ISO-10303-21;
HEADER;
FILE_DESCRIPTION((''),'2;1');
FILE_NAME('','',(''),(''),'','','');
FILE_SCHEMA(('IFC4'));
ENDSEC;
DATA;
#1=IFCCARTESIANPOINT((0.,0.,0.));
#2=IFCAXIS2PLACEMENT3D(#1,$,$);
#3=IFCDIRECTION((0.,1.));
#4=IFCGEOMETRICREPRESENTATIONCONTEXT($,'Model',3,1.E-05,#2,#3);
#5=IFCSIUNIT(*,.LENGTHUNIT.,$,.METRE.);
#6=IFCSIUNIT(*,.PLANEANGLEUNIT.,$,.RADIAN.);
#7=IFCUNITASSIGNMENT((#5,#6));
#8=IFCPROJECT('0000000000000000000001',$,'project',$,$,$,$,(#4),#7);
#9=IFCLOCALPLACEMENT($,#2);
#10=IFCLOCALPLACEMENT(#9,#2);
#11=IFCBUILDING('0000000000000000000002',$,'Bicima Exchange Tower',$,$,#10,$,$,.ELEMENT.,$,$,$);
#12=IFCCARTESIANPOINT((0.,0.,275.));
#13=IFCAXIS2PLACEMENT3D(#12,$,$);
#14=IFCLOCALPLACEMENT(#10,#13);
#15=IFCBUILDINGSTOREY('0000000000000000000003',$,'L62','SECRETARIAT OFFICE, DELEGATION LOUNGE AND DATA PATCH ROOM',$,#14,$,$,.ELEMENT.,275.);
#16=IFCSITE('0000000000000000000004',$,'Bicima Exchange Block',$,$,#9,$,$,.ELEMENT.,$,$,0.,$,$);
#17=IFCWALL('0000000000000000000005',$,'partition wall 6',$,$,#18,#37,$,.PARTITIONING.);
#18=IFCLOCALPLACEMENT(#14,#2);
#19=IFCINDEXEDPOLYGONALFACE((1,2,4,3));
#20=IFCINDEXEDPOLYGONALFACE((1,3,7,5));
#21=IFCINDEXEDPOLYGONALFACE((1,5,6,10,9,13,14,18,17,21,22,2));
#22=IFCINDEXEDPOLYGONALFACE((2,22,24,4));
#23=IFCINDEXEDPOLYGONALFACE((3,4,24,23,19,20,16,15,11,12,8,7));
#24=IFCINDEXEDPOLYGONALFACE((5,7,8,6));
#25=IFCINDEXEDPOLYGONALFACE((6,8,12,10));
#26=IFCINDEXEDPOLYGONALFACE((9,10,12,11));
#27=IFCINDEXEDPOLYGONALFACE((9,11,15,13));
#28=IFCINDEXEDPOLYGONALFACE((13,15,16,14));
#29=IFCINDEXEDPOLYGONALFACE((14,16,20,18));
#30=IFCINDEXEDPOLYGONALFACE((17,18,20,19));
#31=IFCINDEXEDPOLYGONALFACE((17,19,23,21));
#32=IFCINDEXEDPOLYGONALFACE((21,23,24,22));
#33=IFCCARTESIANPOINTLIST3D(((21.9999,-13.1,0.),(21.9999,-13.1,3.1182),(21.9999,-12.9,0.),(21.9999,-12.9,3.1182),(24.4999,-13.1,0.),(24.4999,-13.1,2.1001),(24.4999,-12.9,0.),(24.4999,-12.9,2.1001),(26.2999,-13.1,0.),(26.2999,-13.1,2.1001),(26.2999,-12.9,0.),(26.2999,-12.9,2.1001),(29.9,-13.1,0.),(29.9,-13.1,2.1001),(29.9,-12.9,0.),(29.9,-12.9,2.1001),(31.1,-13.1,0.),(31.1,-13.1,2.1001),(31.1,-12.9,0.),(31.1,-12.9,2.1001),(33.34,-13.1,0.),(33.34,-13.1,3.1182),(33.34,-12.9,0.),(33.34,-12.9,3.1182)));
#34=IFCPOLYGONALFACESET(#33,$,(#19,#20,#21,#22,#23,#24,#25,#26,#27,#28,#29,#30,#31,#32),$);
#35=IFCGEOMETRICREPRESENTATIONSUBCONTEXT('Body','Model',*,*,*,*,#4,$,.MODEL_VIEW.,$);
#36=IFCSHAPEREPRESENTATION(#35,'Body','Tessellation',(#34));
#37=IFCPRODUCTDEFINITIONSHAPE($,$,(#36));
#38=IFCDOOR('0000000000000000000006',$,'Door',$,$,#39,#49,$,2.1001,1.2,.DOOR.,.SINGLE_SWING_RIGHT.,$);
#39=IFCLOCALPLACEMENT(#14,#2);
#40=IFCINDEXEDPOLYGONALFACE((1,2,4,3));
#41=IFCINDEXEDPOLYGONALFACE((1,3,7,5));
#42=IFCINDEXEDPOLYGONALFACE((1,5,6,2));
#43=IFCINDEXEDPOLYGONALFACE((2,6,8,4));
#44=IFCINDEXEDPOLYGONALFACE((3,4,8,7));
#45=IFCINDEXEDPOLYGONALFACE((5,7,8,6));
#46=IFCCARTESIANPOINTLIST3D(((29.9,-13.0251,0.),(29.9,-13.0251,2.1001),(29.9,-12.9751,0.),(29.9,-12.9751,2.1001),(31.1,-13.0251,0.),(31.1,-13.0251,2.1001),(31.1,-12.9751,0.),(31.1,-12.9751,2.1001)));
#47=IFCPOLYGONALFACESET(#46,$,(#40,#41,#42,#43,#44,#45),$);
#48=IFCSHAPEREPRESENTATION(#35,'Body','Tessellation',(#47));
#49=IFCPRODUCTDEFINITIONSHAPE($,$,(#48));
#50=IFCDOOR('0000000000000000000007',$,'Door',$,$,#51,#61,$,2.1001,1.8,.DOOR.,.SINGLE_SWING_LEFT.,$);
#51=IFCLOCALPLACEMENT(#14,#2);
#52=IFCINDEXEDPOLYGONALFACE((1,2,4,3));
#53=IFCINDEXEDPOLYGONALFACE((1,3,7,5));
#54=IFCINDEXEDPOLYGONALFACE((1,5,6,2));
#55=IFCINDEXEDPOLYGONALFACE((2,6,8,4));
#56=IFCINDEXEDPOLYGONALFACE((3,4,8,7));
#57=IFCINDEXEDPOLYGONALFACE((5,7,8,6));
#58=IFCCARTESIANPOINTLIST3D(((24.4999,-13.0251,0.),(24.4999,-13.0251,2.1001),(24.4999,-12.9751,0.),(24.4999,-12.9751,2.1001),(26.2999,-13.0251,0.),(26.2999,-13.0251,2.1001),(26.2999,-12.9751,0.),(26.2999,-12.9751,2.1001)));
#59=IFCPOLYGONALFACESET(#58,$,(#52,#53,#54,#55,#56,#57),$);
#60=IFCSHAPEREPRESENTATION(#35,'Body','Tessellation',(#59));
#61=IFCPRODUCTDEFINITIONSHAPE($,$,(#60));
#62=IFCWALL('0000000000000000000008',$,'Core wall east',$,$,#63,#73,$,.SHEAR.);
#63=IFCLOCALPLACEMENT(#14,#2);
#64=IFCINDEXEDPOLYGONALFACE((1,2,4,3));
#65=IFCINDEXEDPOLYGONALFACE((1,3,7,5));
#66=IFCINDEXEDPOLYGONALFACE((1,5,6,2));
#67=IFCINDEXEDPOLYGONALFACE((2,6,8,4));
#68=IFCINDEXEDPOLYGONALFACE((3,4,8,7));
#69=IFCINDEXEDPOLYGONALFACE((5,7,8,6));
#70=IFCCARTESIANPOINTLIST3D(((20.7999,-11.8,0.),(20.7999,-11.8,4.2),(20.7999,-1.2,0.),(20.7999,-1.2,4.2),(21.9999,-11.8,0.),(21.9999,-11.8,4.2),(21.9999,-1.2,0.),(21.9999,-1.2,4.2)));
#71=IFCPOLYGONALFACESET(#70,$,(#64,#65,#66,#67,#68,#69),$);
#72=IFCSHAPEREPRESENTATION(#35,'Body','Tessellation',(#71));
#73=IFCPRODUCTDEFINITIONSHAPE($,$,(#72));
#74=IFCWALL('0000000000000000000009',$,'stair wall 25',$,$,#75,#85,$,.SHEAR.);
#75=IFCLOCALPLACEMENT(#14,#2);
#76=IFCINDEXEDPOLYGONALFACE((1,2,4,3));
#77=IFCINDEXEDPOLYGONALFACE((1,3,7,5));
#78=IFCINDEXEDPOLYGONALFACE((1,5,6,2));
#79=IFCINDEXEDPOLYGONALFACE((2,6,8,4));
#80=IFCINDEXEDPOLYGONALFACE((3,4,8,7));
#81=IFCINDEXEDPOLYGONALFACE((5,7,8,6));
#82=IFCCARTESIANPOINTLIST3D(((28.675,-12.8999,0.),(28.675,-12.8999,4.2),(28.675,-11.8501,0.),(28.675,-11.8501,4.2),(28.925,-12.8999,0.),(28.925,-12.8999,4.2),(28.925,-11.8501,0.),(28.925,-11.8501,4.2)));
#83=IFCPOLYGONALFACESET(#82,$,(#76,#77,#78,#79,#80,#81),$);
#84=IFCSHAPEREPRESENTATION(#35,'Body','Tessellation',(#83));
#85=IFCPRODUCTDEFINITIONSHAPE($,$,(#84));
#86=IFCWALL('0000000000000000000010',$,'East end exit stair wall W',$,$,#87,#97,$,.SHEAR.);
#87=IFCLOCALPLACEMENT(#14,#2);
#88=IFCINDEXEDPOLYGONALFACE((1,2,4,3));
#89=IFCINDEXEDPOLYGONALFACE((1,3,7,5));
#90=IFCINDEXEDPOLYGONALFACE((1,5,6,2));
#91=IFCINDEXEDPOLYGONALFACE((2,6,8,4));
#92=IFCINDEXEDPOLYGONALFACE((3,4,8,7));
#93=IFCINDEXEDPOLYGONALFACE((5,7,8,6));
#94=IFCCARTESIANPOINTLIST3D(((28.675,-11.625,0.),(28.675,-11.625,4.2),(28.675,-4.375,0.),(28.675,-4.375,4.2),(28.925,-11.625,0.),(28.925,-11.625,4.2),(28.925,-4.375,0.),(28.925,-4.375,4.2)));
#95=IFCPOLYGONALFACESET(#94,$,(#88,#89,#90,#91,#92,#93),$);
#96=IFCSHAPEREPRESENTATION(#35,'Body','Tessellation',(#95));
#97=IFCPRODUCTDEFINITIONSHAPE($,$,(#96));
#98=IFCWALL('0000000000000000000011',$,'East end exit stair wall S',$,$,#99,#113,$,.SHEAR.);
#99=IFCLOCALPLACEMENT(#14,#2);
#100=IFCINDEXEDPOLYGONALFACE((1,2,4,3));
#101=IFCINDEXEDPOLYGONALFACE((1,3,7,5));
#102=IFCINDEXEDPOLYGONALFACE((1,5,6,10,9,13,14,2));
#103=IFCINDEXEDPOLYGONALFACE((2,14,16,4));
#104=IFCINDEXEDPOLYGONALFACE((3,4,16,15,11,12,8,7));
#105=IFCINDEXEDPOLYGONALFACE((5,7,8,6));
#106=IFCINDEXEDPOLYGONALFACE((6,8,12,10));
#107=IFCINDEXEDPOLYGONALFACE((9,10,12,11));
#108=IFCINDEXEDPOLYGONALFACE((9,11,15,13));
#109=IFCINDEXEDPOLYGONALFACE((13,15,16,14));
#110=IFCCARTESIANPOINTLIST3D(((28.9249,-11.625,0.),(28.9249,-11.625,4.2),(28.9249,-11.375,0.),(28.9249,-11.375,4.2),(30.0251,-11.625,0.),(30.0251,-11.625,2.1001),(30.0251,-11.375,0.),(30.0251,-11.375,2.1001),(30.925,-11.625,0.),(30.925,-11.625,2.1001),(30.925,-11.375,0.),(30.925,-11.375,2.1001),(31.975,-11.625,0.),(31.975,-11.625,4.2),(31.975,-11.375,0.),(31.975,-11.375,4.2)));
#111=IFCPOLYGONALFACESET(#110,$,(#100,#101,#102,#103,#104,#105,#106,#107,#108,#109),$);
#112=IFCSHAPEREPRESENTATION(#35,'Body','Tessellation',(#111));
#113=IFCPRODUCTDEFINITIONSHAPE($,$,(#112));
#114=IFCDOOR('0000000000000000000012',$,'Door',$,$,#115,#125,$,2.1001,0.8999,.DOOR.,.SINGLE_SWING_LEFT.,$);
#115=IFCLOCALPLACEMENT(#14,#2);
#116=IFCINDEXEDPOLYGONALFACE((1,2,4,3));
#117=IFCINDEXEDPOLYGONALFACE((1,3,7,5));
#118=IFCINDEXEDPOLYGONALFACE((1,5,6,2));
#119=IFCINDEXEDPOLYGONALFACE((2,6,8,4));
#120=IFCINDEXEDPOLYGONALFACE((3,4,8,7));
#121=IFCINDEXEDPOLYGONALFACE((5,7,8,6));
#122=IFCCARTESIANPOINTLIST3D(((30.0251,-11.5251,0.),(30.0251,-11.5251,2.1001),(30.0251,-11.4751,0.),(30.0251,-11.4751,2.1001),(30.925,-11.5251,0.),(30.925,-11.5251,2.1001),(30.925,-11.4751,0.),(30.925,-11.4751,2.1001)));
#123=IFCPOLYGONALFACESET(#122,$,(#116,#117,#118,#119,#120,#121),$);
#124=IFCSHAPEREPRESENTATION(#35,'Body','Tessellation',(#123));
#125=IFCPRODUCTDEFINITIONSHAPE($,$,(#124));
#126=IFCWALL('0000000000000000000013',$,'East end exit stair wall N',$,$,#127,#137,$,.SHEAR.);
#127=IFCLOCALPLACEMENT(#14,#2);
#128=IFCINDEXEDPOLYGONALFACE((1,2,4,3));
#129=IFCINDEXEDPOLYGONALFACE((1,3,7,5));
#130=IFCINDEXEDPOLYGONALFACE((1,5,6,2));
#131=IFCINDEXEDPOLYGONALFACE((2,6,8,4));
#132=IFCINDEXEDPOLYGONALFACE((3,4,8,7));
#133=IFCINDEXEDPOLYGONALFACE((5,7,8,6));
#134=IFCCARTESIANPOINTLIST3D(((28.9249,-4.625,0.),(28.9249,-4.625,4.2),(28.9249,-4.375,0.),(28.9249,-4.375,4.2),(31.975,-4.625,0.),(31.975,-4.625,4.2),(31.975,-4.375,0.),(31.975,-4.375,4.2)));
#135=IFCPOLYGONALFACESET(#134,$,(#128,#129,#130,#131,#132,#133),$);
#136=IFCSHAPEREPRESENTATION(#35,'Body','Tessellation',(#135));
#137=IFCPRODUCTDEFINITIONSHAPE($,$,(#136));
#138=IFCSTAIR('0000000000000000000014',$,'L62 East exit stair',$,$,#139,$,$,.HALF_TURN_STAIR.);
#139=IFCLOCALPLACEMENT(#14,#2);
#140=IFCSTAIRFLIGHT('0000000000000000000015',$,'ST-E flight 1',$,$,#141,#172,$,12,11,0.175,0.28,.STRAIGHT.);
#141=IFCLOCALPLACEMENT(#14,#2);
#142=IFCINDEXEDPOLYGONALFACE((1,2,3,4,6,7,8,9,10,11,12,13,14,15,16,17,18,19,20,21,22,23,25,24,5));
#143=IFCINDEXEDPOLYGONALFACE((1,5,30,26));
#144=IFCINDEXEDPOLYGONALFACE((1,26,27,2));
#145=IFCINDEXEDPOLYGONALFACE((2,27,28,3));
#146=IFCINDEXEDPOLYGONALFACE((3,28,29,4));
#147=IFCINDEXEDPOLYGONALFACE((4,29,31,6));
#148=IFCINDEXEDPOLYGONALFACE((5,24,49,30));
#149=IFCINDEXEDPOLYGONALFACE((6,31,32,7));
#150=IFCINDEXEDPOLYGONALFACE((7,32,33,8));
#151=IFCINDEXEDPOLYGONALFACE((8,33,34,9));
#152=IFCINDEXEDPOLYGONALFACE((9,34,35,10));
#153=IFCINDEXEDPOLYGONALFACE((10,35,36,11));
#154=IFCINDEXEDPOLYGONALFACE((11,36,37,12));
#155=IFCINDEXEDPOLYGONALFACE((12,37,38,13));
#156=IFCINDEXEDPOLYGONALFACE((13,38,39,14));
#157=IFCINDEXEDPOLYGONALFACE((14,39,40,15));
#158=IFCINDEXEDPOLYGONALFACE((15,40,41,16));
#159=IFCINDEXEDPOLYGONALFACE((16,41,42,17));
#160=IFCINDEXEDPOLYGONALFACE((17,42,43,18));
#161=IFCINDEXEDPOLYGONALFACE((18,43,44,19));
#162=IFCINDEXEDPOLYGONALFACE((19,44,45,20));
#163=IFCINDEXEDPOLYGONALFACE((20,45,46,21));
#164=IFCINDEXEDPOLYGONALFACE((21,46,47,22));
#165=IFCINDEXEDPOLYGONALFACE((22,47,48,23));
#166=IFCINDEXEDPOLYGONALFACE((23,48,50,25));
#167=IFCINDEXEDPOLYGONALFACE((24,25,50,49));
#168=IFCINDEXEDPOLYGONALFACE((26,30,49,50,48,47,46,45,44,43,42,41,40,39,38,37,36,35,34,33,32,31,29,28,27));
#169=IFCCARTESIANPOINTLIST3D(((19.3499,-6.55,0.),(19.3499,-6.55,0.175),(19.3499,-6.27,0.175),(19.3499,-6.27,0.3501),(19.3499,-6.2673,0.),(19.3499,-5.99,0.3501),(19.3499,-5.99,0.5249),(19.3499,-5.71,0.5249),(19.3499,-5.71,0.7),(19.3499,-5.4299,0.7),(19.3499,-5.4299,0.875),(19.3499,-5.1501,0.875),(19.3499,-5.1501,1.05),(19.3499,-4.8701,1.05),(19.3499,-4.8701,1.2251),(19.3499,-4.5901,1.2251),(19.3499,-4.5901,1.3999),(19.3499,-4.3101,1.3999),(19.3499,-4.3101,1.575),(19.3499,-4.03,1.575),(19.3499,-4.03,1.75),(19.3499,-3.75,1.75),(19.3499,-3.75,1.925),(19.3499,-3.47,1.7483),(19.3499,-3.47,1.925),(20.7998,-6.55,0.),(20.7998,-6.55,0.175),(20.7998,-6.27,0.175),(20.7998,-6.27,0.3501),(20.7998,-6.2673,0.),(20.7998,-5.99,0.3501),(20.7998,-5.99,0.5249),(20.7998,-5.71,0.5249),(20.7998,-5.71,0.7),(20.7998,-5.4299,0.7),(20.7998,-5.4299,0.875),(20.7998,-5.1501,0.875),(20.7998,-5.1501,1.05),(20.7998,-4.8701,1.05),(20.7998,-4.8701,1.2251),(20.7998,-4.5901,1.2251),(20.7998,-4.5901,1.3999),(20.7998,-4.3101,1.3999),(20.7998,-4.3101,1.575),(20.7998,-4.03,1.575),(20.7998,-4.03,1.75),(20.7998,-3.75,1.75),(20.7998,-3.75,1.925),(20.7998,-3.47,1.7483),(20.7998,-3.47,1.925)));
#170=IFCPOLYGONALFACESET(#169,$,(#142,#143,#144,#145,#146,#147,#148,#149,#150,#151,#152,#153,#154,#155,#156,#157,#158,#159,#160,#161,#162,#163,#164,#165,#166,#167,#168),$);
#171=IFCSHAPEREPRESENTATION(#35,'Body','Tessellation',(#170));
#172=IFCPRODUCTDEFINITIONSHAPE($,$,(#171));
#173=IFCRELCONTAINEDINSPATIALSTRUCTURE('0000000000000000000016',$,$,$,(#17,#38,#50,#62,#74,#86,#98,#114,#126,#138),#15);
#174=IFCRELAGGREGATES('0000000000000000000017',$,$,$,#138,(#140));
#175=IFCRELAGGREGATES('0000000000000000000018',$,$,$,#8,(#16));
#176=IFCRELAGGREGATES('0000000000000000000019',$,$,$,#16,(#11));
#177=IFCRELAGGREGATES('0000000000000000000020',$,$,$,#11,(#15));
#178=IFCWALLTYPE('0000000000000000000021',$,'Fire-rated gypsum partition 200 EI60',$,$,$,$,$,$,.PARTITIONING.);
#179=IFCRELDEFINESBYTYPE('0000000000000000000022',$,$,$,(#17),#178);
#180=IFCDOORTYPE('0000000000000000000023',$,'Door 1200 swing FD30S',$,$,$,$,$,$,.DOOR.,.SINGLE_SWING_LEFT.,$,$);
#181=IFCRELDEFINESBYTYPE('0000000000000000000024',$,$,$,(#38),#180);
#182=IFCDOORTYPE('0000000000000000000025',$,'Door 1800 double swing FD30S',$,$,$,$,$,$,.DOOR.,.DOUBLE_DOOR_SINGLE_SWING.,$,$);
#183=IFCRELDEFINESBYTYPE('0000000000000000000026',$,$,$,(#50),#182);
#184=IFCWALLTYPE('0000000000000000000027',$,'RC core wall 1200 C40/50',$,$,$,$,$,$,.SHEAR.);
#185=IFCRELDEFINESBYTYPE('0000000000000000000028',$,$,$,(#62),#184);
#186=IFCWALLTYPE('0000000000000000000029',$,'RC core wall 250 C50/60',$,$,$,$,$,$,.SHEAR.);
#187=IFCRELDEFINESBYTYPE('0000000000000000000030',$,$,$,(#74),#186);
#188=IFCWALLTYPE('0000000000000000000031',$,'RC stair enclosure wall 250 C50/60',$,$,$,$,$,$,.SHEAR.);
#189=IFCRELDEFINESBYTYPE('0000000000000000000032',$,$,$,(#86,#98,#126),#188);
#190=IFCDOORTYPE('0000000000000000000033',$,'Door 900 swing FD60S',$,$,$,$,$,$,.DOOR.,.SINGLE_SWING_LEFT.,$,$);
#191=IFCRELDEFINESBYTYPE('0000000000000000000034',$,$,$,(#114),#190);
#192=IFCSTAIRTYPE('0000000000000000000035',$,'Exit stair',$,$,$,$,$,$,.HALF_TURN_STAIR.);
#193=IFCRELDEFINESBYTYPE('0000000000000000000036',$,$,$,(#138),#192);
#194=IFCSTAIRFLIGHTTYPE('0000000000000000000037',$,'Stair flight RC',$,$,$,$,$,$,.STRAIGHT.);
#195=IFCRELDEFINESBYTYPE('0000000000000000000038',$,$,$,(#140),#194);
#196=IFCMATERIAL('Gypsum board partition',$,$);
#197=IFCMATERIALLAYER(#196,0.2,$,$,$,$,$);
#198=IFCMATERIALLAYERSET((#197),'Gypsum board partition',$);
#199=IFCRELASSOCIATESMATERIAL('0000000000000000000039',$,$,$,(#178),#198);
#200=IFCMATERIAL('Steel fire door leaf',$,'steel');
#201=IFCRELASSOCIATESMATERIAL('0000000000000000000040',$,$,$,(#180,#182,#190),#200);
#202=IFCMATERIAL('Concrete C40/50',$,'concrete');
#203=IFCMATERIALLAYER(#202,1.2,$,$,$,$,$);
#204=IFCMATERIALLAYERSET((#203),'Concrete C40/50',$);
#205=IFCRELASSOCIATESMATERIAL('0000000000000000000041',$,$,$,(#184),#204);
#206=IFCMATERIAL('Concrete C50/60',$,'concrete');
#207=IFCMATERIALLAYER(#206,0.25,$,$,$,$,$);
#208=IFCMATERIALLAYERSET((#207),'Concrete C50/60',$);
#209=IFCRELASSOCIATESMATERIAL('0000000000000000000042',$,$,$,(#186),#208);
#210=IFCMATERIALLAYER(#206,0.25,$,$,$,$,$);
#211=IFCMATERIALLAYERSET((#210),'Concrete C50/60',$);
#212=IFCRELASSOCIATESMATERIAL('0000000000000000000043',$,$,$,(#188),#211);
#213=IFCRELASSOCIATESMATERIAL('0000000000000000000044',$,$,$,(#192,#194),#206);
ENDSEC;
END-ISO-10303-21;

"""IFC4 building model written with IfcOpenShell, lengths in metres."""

from ifc_helpers import new_model, si_unit, direction, frame, frame_2d, origin, place, context, subcontext, project, spatial, polyline, rectangle, outline, extrude, material, layer, layer_set, type_object, element, fill, aggregate, save


model = new_model("IFC4")

# Units and contexts
model_context = context("Model", 3, precision=1e-05, world=origin(), true_north=direction((0.0, 1.0)))
body_context = subcontext(model_context, "Body", "Model", "MODEL_VIEW")
ifc_project = project(units=[si_unit("LENGTHUNIT", "METRE"), si_unit("PLANEANGLEUNIT", "RADIAN")], contexts=[model_context])

# Site, building, storey
site_placement = place(None, origin())
site = spatial("IfcSite", under=ifc_project, at=site_placement, Name="Bicima Exchange Block", CompositionType="ELEMENT", RefElevation=0.0)
building_placement = place(site_placement, origin())
building = spatial("IfcBuilding", under=site, at=building_placement, Name="Bicima Exchange Tower", CompositionType="ELEMENT")
storey_placement = place(building_placement, frame((0.0, 0.0, 275.0)))
storey = spatial("IfcBuildingStorey", under=building, at=storey_placement, Name="L62", Description="SECRETARIAT OFFICE, DELEGATION LOUNGE AND DATA PATCH ROOM", CompositionType="ELEMENT", Elevation=275.0)

# Wall, openings, doors
ifc_material_1 = material(Name="Gypsum board partition")
ifc_layer_1 = layer(ifc_material_1, 0.2)
ifc_layer_set_1 = layer_set([ifc_layer_1], Name="Gypsum board partition")
wall_type_1 = type_object("IfcWallType", Name="Fire-rated gypsum partition 200 EI60", PredefinedType="PARTITIONING", material=ifc_layer_set_1)
wall_1_placement = place(storey_placement, frame((22.0, -13.0, 0.0), z_axis=(0.0, 0.0, 1.0), x_axis=(1.0, 0.0, 0.0)))
wall_1 = element("IfcWall", 1, at=wall_1_placement, inside=storey, type_object=wall_type_1, Name="partition wall 6", PredefinedType="PARTITIONING", context=body_context, shape_type="SweptSolid", body=[
    extrude(rectangle(XDim=11.3401, YDim=0.2, at=frame_2d((5.6699, 0.0))), origin(), (0.0, 0.0, 1.0), 3.1182),
])
opening_1_placement = place(wall_1_placement, frame((7.8999, 0.0, 0.0)))
opening_1 = element("IfcOpeningElement", 2, at=opening_1_placement, cuts=wall_1, PredefinedType="OPENING", context=body_context, shape_type="SweptSolid", body=[
    extrude(rectangle(XDim=1.2, YDim=2.1001, at=frame_2d((0.6001, 1.05))), frame((0.0, 0.1118, 0.0), z_axis=(0.0, -1.0, 0.0), x_axis=(1.0, 0.0, 0.0)), (0.0, 0.0, 1.0), 0.2239),
])
opening_2_placement = place(wall_1_placement, frame((2.5, 0.0, 0.0)))
opening_2 = element("IfcOpeningElement", 3, at=opening_2_placement, cuts=wall_1, PredefinedType="OPENING", context=body_context, shape_type="SweptSolid", body=[
    extrude(rectangle(XDim=1.8, YDim=2.1001, at=frame_2d((0.8999, 1.05))), frame((0.0, 0.1118, 0.0), z_axis=(0.0, -1.0, 0.0), x_axis=(1.0, 0.0, 0.0)), (0.0, 0.0, 1.0), 0.2239),
])
ifc_material_2 = material(Name="Steel fire door leaf", Category="steel")
door_type_1 = type_object("IfcDoorType", Name="Door 1200 swing FD30S", OperationType="SINGLE_SWING_LEFT", PredefinedType="DOOR", material=ifc_material_2)
door_1_placement = place(opening_1_placement, origin())
door_1 = element("IfcDoor", 4, at=door_1_placement, inside=storey, type_object=door_type_1, Name="Door", OperationType="SINGLE_SWING_RIGHT", OverallHeight=2.1001, OverallWidth=1.2, PredefinedType="DOOR", context=body_context, shape_type="SweptSolid", body=[
    extrude(rectangle(XDim=1.2, YDim=2.1001, at=frame_2d((0.6001, 1.05))), frame((0.0, 0.0249, 0.0), z_axis=(0.0, -1.0, 0.0), x_axis=(1.0, 0.0, 0.0)), (0.0, 0.0, 1.0), 0.05),
])
fill(opening_1, door_1)
door_type_2 = type_object("IfcDoorType", Name="Door 1800 double swing FD30S", OperationType="DOUBLE_DOOR_SINGLE_SWING", PredefinedType="DOOR", material=ifc_material_2)
door_2_placement = place(opening_2_placement, origin())
door_2 = element("IfcDoor", 5, at=door_2_placement, inside=storey, type_object=door_type_2, Name="Door", OperationType="SINGLE_SWING_LEFT", OverallHeight=2.1001, OverallWidth=1.8, PredefinedType="DOOR", context=body_context, shape_type="SweptSolid", body=[
    extrude(rectangle(XDim=1.8, YDim=2.1001, at=frame_2d((0.8999, 1.05))), frame((0.0, 0.0249, 0.0), z_axis=(0.0, -1.0, 0.0), x_axis=(1.0, 0.0, 0.0)), (0.0, 0.0, 1.0), 0.05),
])
fill(opening_2, door_2)

# Walls
ifc_material_3 = material(Name="Concrete C40/50", Category="concrete")
ifc_layer_2 = layer(ifc_material_3, 1.2)
ifc_layer_set_2 = layer_set([ifc_layer_2], Name="Concrete C40/50")
wall_type_2 = type_object("IfcWallType", Name="RC core wall 1200 C40/50", PredefinedType="SHEAR", material=ifc_layer_set_2)
wall_2_placement = place(storey_placement, frame((21.3999, -11.8, 0.0), z_axis=(0.0, 0.0, 1.0), x_axis=(0.0, 1.0, 0.0)))
element("IfcWall", 6, at=wall_2_placement, inside=storey, type_object=wall_type_2, Name="Core wall east", PredefinedType="SHEAR", context=body_context, shape_type="SweptSolid", body=[
    extrude(rectangle(XDim=10.6001, YDim=1.2, at=frame_2d((5.3, 0.0))), origin(), (0.0, 0.0, 1.0), 4.2),
])
ifc_material_4 = material(Name="Concrete C50/60", Category="concrete")
ifc_layer_3 = layer(ifc_material_4, 0.25)
ifc_layer_set_3 = layer_set([ifc_layer_3], Name="Concrete C50/60")
wall_type_3 = type_object("IfcWallType", Name="RC core wall 250 C50/60", PredefinedType="SHEAR", material=ifc_layer_set_3)
wall_3_placement = place(storey_placement, frame((28.8, -12.8999, 0.0), z_axis=(0.0, 0.0, 1.0), x_axis=(0.0, 1.0, 0.0)))
element("IfcWall", 7, at=wall_3_placement, inside=storey, type_object=wall_type_3, Name="stair wall 25", PredefinedType="SHEAR", context=body_context, shape_type="SweptSolid", body=[
    extrude(rectangle(XDim=1.0498, YDim=0.25, at=frame_2d((0.5249, 0.0))), origin(), (0.0, 0.0, 1.0), 4.2),
])
ifc_layer_4 = layer(ifc_material_4, 0.25)
ifc_layer_set_4 = layer_set([ifc_layer_4], Name="Concrete C50/60")
wall_type_4 = type_object("IfcWallType", Name="RC stair enclosure wall 250 C50/60", PredefinedType="SHEAR", material=ifc_layer_set_4)
wall_4_placement = place(storey_placement, frame((28.8, -11.625, 0.0), z_axis=(0.0, 0.0, 1.0), x_axis=(0.0, 1.0, 0.0)))
element("IfcWall", 8, at=wall_4_placement, inside=storey, type_object=wall_type_4, Name="East end exit stair wall W", PredefinedType="SHEAR", context=body_context, shape_type="SweptSolid", body=[
    extrude(rectangle(XDim=7.25, YDim=0.25, at=frame_2d((3.625, 0.0))), origin(), (0.0, 0.0, 1.0), 4.2),
])

# Wall, opening, door
wall_5_placement = place(storey_placement, frame((28.925, -11.5, 0.0), z_axis=(0.0, 0.0, 1.0), x_axis=(1.0, 0.0, 0.0)))
wall_5 = element("IfcWall", 9, at=wall_5_placement, inside=storey, type_object=wall_type_4, Name="East end exit stair wall S", PredefinedType="SHEAR", context=body_context, shape_type="SweptSolid", body=[
    extrude(rectangle(XDim=3.05, YDim=0.25, at=frame_2d((1.5249, 0.0))), origin(), (0.0, 0.0, 1.0), 4.2),
])
opening_3_placement = place(wall_5_placement, frame((1.1001, 0.0, 0.0)))
opening_3 = element("IfcOpeningElement", 10, at=opening_3_placement, cuts=wall_5, PredefinedType="OPENING", context=body_context, shape_type="SweptSolid", body=[
    extrude(rectangle(XDim=0.8999, YDim=2.1001, at=frame_2d((0.45, 1.05))), frame((0.0, 0.137, 0.0), z_axis=(0.0, -1.0, 0.0), x_axis=(1.0, 0.0, 0.0)), (0.0, 0.0, 1.0), 0.2739),
])
door_type_3 = type_object("IfcDoorType", Name="Door 900 swing FD60S", OperationType="SINGLE_SWING_LEFT", PredefinedType="DOOR", material=ifc_material_2)
door_3_placement = place(opening_3_placement, origin())
door_3 = element("IfcDoor", 11, at=door_3_placement, inside=storey, type_object=door_type_3, Name="Door", OperationType="SINGLE_SWING_LEFT", OverallHeight=2.1001, OverallWidth=0.8999, PredefinedType="DOOR", context=body_context, shape_type="SweptSolid", body=[
    extrude(rectangle(XDim=0.8999, YDim=2.1001, at=frame_2d((0.45, 1.05))), frame((0.0, 0.0249, 0.0), z_axis=(0.0, -1.0, 0.0), x_axis=(1.0, 0.0, 0.0)), (0.0, 0.0, 1.0), 0.05),
])
fill(opening_3, door_3)

# Wall
wall_6_placement = place(storey_placement, frame((28.925, -4.5, 0.0), z_axis=(0.0, 0.0, 1.0), x_axis=(1.0, 0.0, 0.0)))
element("IfcWall", 12, at=wall_6_placement, inside=storey, type_object=wall_type_4, Name="East end exit stair wall N", PredefinedType="SHEAR", context=body_context, shape_type="SweptSolid", body=[
    extrude(rectangle(XDim=3.05, YDim=0.25, at=frame_2d((1.5249, 0.0))), origin(), (0.0, 0.0, 1.0), 4.2),
])

# Stair, stair flight
stair_type = type_object("IfcStairType", Name="Exit stair", PredefinedType="HALF_TURN_STAIR", material=ifc_material_4)
stair_1_placement = place(storey_placement, origin())
stair_1 = element("IfcStair", 13, at=stair_1_placement, inside=storey, type_object=stair_type, Name="L62 East exit stair", PredefinedType="HALF_TURN_STAIR")
stair_flight_type = type_object("IfcStairFlightType", Name="Stair flight RC", PredefinedType="STRAIGHT", material=ifc_material_4)
stair_flight_1_placement = place(storey_placement, frame((20.075, -6.55, 0.0), z_axis=(0.0, 0.0, 1.0), x_axis=(0.0, 1.0, 0.0)))
stair_flight_1 = element("IfcStairFlight", 14, at=stair_flight_1_placement, type_object=stair_flight_type, Name="ST-E flight 1", NumberOfRisers=12, NumberOfTreads=11, PredefinedType="STRAIGHT", RiserHeight=0.175, TreadLength=0.28, context=body_context, shape_type="SweptSolid", body=[
    extrude(outline(polyline([(0.0, 0.0), (0.0, 0.175), (0.28, 0.175), (0.28, 0.3501), (0.5601, 0.3501), (0.5601, 0.5249), (0.8401, 0.5249), (0.8401, 0.7), (1.1201, 0.7), (1.1201, 0.875), (1.3999, 0.875), (1.3999, 1.05), (1.6799, 1.05), (1.6799, 1.2251), (1.96, 1.2251), (1.96, 1.3999), (2.24, 1.3999), (2.24, 1.575), (2.52, 1.575), (2.52, 1.75), (2.8, 1.75), (2.8, 1.925), (3.0801, 1.925), (3.0801, 2.1001), (3.0801, 1.7483), (0.2827, 0.0), (0.0, 0.0)])), frame((0.0, 0.7251, 0.0), z_axis=(0.0, -1.0, 0.0), x_axis=(1.0, 0.0, 0.0)), (0.0, 0.0, 1.0), 1.45),
])
aggregate(stair_1, [stair_flight_1])

save(model, "model.ifc")
